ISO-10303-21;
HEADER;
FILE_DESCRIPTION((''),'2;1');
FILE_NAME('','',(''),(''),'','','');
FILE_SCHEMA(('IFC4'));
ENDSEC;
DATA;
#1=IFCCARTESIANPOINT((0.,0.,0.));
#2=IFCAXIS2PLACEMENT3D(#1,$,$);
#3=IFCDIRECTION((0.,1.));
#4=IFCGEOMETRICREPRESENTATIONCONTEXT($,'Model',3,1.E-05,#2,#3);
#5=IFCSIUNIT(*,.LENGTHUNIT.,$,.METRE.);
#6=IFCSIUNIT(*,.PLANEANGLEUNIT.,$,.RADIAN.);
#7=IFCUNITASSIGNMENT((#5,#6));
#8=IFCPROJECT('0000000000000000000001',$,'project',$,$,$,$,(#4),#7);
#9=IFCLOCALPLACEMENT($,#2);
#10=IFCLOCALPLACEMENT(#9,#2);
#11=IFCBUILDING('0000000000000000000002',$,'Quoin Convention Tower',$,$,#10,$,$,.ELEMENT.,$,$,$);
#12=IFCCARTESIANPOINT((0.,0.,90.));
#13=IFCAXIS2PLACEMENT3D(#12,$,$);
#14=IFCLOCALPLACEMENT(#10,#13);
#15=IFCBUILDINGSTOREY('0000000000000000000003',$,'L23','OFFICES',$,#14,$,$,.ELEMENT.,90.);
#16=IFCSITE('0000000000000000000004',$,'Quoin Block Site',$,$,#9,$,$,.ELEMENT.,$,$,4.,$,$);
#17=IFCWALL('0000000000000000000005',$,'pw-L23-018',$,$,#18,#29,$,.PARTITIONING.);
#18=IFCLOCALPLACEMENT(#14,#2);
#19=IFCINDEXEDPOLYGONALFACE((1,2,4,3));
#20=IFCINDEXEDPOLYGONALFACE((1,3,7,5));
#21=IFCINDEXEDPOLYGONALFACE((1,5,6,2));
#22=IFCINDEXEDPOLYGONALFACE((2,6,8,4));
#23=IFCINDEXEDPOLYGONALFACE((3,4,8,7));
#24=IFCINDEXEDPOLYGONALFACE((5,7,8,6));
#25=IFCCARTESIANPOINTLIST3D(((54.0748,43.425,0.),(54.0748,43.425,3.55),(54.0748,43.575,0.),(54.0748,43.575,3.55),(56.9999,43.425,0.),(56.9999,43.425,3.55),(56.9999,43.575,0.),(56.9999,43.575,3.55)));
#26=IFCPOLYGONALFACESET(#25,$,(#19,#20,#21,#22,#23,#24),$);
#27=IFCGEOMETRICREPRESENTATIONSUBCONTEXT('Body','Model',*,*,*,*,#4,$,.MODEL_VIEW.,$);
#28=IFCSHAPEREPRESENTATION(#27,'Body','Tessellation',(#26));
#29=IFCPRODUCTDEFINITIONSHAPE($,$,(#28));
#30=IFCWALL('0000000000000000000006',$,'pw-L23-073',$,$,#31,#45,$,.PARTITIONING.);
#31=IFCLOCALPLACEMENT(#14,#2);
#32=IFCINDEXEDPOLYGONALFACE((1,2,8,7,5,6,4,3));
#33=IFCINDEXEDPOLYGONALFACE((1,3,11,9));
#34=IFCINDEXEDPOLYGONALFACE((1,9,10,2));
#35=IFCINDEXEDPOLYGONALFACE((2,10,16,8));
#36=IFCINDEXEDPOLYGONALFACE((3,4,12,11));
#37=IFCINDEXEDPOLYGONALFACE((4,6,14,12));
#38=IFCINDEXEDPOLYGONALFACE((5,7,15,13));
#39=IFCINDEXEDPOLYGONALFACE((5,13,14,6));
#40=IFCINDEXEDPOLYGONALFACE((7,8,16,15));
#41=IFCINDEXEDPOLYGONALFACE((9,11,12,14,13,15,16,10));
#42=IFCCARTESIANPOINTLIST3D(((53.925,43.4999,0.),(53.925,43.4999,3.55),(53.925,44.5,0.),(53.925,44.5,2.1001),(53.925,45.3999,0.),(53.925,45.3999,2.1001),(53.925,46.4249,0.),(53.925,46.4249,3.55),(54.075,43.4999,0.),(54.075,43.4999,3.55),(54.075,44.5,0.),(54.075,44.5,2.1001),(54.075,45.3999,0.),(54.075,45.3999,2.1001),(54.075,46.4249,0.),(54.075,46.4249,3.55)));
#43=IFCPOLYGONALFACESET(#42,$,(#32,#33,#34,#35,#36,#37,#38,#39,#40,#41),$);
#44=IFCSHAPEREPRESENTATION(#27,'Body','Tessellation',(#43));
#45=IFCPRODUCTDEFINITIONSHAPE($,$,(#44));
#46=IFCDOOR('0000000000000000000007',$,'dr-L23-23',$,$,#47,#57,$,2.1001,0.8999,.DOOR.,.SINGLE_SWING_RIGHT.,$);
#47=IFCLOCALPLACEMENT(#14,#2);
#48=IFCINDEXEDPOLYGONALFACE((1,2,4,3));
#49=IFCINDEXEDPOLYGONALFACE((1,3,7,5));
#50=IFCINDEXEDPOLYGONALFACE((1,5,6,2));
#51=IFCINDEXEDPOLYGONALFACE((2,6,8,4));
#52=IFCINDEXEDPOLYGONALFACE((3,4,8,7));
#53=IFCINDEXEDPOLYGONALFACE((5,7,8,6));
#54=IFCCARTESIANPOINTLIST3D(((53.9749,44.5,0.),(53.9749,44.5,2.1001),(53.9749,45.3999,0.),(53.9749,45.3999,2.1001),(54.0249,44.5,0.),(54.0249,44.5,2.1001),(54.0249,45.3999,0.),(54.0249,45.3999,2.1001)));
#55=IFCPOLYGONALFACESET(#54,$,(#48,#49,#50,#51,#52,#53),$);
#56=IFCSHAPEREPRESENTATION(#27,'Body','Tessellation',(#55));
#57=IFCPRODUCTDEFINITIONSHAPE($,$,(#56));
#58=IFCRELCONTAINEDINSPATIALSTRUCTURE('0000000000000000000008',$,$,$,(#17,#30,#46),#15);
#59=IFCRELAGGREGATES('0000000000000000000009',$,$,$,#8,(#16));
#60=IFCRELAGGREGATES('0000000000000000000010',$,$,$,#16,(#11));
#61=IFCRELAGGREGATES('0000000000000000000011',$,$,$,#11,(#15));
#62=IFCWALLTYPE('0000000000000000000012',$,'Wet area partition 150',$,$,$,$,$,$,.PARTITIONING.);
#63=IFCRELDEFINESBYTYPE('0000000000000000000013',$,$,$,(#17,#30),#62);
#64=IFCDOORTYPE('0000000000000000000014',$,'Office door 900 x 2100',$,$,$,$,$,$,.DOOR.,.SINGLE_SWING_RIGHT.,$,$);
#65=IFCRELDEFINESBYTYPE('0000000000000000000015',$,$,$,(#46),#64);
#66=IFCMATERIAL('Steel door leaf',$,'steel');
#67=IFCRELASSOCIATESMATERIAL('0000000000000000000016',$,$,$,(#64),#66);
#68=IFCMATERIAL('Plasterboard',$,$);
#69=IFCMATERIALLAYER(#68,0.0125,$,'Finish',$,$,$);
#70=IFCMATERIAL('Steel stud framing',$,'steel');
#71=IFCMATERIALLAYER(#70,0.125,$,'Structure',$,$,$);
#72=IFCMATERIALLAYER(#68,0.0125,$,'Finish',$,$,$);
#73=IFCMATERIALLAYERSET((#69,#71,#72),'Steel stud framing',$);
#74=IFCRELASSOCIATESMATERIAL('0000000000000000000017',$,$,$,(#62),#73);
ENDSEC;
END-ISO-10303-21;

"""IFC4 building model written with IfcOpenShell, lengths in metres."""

from ifc_helpers import new_model, si_unit, direction, frame, frame_2d, origin, place, context, subcontext, project, spatial, rectangle, extrude, material, layer, layer_set, type_object, element, fill, save


model = new_model("IFC4")

# Units and contexts
model_context = context("Model", 3, precision=1e-05, world=origin(), true_north=direction((0.0, 1.0)))
body_context = subcontext(model_context, "Body", "Model", "MODEL_VIEW")
ifc_project = project(units=[si_unit("LENGTHUNIT", "METRE"), si_unit("PLANEANGLEUNIT", "RADIAN")], contexts=[model_context])

# Site, building, storey
site_placement = place(None, origin())
site = spatial("IfcSite", under=ifc_project, at=site_placement, Name="Quoin Block Site", CompositionType="ELEMENT", RefElevation=4.0)
building_placement = place(site_placement, origin())
building = spatial("IfcBuilding", under=site, at=building_placement, Name="Quoin Convention Tower", CompositionType="ELEMENT")
storey_placement = place(building_placement, frame((0.0, 0.0, 90.0)))
storey = spatial("IfcBuildingStorey", under=building, at=storey_placement, Name="L23", Description="OFFICES", CompositionType="ELEMENT", Elevation=90.0)

# Shared definitions
ifc_material_1 = material(Name="Plasterboard")
ifc_material_2 = material(Name="Steel stud framing", Category="steel")
ifc_material_3 = material(Name="Steel door leaf", Category="steel")
door_type_1 = type_object("IfcDoorType", Name="Office door 900 x 2100", OperationType="SINGLE_SWING_RIGHT", PredefinedType="DOOR", material=ifc_material_3)

# Wall
ifc_layer_1 = layer(ifc_material_1, 0.0125, Name="Finish")
ifc_layer_2 = layer(ifc_material_2, 0.125, Name="Structure")
ifc_layer_3 = layer(ifc_material_1, 0.0125, Name="Finish")
ifc_layer_set_1 = layer_set([ifc_layer_1, ifc_layer_2, ifc_layer_3], Name="Steel stud framing")
wall_type_1 = type_object("IfcWallType", Name="Wet area partition 150", PredefinedType="PARTITIONING", material=ifc_layer_set_1)
wall_1_placement = place(storey_placement, frame((54.075, 43.5, 0.0), z_axis=(0.0, 0.0, 1.0), x_axis=(1.0, 0.0, 0.0)))
element("IfcWall", 1, at=wall_1_placement, inside=storey, type_object=wall_type_1, Name="pw-L23-018", PredefinedType="PARTITIONING", context=body_context, shape_type="SweptSolid", body=[
    extrude(rectangle(XDim=2.925, YDim=0.1499, at=frame_2d((1.4624, 0.0))), origin(), (0.0, 0.0, 1.0), 3.55),
])

# Wall, opening, door
wall_2_placement = place(storey_placement, frame((54.0, 43.5, 0.0), z_axis=(0.0, 0.0, 1.0), x_axis=(0.0, 1.0, 0.0)))
wall_2 = element("IfcWall", 2, at=wall_2_placement, inside=storey, type_object=wall_type_1, Name="pw-L23-073", PredefinedType="PARTITIONING", context=body_context, shape_type="SweptSolid", body=[
    extrude(rectangle(XDim=2.925, YDim=0.1499, at=frame_2d((1.4624, 0.0))), origin(), (0.0, 0.0, 1.0), 3.55),
])
opening_1_placement = place(wall_2_placement, frame((1.0, 0.0, 0.0)))
opening_1 = element("IfcOpeningElement", 3, at=opening_1_placement, cuts=wall_2, PredefinedType="OPENING", context=body_context, shape_type="SweptSolid", body=[
    extrude(rectangle(XDim=0.8999, YDim=2.1001, at=frame_2d((0.45, 1.05))), frame((0.0, 0.085, 0.0), z_axis=(0.0, -1.0, 0.0), x_axis=(1.0, 0.0, 0.0)), (0.0, 0.0, 1.0), 0.1699),
])
door_1_placement = place(opening_1_placement, frame((0.8999, 0.0, 0.0), z_axis=(0.0, 0.0, 1.0), x_axis=(-1.0, 0.0, 0.0)))
door_1 = element("IfcDoor", 4, at=door_1_placement, inside=storey, type_object=door_type_1, Name="dr-L23-23", OperationType="SINGLE_SWING_RIGHT", OverallHeight=2.1001, OverallWidth=0.8999, PredefinedType="DOOR", context=body_context, shape_type="SweptSolid", body=[
    extrude(rectangle(XDim=0.8999, YDim=2.1001, at=frame_2d((0.45, 1.05))), frame((0.0, 0.0249, 0.0), z_axis=(0.0, -1.0, 0.0), x_axis=(1.0, 0.0, 0.0)), (0.0, 0.0, 1.0), 0.05),
])
fill(opening_1, door_1)

save(model, "model.ifc")
